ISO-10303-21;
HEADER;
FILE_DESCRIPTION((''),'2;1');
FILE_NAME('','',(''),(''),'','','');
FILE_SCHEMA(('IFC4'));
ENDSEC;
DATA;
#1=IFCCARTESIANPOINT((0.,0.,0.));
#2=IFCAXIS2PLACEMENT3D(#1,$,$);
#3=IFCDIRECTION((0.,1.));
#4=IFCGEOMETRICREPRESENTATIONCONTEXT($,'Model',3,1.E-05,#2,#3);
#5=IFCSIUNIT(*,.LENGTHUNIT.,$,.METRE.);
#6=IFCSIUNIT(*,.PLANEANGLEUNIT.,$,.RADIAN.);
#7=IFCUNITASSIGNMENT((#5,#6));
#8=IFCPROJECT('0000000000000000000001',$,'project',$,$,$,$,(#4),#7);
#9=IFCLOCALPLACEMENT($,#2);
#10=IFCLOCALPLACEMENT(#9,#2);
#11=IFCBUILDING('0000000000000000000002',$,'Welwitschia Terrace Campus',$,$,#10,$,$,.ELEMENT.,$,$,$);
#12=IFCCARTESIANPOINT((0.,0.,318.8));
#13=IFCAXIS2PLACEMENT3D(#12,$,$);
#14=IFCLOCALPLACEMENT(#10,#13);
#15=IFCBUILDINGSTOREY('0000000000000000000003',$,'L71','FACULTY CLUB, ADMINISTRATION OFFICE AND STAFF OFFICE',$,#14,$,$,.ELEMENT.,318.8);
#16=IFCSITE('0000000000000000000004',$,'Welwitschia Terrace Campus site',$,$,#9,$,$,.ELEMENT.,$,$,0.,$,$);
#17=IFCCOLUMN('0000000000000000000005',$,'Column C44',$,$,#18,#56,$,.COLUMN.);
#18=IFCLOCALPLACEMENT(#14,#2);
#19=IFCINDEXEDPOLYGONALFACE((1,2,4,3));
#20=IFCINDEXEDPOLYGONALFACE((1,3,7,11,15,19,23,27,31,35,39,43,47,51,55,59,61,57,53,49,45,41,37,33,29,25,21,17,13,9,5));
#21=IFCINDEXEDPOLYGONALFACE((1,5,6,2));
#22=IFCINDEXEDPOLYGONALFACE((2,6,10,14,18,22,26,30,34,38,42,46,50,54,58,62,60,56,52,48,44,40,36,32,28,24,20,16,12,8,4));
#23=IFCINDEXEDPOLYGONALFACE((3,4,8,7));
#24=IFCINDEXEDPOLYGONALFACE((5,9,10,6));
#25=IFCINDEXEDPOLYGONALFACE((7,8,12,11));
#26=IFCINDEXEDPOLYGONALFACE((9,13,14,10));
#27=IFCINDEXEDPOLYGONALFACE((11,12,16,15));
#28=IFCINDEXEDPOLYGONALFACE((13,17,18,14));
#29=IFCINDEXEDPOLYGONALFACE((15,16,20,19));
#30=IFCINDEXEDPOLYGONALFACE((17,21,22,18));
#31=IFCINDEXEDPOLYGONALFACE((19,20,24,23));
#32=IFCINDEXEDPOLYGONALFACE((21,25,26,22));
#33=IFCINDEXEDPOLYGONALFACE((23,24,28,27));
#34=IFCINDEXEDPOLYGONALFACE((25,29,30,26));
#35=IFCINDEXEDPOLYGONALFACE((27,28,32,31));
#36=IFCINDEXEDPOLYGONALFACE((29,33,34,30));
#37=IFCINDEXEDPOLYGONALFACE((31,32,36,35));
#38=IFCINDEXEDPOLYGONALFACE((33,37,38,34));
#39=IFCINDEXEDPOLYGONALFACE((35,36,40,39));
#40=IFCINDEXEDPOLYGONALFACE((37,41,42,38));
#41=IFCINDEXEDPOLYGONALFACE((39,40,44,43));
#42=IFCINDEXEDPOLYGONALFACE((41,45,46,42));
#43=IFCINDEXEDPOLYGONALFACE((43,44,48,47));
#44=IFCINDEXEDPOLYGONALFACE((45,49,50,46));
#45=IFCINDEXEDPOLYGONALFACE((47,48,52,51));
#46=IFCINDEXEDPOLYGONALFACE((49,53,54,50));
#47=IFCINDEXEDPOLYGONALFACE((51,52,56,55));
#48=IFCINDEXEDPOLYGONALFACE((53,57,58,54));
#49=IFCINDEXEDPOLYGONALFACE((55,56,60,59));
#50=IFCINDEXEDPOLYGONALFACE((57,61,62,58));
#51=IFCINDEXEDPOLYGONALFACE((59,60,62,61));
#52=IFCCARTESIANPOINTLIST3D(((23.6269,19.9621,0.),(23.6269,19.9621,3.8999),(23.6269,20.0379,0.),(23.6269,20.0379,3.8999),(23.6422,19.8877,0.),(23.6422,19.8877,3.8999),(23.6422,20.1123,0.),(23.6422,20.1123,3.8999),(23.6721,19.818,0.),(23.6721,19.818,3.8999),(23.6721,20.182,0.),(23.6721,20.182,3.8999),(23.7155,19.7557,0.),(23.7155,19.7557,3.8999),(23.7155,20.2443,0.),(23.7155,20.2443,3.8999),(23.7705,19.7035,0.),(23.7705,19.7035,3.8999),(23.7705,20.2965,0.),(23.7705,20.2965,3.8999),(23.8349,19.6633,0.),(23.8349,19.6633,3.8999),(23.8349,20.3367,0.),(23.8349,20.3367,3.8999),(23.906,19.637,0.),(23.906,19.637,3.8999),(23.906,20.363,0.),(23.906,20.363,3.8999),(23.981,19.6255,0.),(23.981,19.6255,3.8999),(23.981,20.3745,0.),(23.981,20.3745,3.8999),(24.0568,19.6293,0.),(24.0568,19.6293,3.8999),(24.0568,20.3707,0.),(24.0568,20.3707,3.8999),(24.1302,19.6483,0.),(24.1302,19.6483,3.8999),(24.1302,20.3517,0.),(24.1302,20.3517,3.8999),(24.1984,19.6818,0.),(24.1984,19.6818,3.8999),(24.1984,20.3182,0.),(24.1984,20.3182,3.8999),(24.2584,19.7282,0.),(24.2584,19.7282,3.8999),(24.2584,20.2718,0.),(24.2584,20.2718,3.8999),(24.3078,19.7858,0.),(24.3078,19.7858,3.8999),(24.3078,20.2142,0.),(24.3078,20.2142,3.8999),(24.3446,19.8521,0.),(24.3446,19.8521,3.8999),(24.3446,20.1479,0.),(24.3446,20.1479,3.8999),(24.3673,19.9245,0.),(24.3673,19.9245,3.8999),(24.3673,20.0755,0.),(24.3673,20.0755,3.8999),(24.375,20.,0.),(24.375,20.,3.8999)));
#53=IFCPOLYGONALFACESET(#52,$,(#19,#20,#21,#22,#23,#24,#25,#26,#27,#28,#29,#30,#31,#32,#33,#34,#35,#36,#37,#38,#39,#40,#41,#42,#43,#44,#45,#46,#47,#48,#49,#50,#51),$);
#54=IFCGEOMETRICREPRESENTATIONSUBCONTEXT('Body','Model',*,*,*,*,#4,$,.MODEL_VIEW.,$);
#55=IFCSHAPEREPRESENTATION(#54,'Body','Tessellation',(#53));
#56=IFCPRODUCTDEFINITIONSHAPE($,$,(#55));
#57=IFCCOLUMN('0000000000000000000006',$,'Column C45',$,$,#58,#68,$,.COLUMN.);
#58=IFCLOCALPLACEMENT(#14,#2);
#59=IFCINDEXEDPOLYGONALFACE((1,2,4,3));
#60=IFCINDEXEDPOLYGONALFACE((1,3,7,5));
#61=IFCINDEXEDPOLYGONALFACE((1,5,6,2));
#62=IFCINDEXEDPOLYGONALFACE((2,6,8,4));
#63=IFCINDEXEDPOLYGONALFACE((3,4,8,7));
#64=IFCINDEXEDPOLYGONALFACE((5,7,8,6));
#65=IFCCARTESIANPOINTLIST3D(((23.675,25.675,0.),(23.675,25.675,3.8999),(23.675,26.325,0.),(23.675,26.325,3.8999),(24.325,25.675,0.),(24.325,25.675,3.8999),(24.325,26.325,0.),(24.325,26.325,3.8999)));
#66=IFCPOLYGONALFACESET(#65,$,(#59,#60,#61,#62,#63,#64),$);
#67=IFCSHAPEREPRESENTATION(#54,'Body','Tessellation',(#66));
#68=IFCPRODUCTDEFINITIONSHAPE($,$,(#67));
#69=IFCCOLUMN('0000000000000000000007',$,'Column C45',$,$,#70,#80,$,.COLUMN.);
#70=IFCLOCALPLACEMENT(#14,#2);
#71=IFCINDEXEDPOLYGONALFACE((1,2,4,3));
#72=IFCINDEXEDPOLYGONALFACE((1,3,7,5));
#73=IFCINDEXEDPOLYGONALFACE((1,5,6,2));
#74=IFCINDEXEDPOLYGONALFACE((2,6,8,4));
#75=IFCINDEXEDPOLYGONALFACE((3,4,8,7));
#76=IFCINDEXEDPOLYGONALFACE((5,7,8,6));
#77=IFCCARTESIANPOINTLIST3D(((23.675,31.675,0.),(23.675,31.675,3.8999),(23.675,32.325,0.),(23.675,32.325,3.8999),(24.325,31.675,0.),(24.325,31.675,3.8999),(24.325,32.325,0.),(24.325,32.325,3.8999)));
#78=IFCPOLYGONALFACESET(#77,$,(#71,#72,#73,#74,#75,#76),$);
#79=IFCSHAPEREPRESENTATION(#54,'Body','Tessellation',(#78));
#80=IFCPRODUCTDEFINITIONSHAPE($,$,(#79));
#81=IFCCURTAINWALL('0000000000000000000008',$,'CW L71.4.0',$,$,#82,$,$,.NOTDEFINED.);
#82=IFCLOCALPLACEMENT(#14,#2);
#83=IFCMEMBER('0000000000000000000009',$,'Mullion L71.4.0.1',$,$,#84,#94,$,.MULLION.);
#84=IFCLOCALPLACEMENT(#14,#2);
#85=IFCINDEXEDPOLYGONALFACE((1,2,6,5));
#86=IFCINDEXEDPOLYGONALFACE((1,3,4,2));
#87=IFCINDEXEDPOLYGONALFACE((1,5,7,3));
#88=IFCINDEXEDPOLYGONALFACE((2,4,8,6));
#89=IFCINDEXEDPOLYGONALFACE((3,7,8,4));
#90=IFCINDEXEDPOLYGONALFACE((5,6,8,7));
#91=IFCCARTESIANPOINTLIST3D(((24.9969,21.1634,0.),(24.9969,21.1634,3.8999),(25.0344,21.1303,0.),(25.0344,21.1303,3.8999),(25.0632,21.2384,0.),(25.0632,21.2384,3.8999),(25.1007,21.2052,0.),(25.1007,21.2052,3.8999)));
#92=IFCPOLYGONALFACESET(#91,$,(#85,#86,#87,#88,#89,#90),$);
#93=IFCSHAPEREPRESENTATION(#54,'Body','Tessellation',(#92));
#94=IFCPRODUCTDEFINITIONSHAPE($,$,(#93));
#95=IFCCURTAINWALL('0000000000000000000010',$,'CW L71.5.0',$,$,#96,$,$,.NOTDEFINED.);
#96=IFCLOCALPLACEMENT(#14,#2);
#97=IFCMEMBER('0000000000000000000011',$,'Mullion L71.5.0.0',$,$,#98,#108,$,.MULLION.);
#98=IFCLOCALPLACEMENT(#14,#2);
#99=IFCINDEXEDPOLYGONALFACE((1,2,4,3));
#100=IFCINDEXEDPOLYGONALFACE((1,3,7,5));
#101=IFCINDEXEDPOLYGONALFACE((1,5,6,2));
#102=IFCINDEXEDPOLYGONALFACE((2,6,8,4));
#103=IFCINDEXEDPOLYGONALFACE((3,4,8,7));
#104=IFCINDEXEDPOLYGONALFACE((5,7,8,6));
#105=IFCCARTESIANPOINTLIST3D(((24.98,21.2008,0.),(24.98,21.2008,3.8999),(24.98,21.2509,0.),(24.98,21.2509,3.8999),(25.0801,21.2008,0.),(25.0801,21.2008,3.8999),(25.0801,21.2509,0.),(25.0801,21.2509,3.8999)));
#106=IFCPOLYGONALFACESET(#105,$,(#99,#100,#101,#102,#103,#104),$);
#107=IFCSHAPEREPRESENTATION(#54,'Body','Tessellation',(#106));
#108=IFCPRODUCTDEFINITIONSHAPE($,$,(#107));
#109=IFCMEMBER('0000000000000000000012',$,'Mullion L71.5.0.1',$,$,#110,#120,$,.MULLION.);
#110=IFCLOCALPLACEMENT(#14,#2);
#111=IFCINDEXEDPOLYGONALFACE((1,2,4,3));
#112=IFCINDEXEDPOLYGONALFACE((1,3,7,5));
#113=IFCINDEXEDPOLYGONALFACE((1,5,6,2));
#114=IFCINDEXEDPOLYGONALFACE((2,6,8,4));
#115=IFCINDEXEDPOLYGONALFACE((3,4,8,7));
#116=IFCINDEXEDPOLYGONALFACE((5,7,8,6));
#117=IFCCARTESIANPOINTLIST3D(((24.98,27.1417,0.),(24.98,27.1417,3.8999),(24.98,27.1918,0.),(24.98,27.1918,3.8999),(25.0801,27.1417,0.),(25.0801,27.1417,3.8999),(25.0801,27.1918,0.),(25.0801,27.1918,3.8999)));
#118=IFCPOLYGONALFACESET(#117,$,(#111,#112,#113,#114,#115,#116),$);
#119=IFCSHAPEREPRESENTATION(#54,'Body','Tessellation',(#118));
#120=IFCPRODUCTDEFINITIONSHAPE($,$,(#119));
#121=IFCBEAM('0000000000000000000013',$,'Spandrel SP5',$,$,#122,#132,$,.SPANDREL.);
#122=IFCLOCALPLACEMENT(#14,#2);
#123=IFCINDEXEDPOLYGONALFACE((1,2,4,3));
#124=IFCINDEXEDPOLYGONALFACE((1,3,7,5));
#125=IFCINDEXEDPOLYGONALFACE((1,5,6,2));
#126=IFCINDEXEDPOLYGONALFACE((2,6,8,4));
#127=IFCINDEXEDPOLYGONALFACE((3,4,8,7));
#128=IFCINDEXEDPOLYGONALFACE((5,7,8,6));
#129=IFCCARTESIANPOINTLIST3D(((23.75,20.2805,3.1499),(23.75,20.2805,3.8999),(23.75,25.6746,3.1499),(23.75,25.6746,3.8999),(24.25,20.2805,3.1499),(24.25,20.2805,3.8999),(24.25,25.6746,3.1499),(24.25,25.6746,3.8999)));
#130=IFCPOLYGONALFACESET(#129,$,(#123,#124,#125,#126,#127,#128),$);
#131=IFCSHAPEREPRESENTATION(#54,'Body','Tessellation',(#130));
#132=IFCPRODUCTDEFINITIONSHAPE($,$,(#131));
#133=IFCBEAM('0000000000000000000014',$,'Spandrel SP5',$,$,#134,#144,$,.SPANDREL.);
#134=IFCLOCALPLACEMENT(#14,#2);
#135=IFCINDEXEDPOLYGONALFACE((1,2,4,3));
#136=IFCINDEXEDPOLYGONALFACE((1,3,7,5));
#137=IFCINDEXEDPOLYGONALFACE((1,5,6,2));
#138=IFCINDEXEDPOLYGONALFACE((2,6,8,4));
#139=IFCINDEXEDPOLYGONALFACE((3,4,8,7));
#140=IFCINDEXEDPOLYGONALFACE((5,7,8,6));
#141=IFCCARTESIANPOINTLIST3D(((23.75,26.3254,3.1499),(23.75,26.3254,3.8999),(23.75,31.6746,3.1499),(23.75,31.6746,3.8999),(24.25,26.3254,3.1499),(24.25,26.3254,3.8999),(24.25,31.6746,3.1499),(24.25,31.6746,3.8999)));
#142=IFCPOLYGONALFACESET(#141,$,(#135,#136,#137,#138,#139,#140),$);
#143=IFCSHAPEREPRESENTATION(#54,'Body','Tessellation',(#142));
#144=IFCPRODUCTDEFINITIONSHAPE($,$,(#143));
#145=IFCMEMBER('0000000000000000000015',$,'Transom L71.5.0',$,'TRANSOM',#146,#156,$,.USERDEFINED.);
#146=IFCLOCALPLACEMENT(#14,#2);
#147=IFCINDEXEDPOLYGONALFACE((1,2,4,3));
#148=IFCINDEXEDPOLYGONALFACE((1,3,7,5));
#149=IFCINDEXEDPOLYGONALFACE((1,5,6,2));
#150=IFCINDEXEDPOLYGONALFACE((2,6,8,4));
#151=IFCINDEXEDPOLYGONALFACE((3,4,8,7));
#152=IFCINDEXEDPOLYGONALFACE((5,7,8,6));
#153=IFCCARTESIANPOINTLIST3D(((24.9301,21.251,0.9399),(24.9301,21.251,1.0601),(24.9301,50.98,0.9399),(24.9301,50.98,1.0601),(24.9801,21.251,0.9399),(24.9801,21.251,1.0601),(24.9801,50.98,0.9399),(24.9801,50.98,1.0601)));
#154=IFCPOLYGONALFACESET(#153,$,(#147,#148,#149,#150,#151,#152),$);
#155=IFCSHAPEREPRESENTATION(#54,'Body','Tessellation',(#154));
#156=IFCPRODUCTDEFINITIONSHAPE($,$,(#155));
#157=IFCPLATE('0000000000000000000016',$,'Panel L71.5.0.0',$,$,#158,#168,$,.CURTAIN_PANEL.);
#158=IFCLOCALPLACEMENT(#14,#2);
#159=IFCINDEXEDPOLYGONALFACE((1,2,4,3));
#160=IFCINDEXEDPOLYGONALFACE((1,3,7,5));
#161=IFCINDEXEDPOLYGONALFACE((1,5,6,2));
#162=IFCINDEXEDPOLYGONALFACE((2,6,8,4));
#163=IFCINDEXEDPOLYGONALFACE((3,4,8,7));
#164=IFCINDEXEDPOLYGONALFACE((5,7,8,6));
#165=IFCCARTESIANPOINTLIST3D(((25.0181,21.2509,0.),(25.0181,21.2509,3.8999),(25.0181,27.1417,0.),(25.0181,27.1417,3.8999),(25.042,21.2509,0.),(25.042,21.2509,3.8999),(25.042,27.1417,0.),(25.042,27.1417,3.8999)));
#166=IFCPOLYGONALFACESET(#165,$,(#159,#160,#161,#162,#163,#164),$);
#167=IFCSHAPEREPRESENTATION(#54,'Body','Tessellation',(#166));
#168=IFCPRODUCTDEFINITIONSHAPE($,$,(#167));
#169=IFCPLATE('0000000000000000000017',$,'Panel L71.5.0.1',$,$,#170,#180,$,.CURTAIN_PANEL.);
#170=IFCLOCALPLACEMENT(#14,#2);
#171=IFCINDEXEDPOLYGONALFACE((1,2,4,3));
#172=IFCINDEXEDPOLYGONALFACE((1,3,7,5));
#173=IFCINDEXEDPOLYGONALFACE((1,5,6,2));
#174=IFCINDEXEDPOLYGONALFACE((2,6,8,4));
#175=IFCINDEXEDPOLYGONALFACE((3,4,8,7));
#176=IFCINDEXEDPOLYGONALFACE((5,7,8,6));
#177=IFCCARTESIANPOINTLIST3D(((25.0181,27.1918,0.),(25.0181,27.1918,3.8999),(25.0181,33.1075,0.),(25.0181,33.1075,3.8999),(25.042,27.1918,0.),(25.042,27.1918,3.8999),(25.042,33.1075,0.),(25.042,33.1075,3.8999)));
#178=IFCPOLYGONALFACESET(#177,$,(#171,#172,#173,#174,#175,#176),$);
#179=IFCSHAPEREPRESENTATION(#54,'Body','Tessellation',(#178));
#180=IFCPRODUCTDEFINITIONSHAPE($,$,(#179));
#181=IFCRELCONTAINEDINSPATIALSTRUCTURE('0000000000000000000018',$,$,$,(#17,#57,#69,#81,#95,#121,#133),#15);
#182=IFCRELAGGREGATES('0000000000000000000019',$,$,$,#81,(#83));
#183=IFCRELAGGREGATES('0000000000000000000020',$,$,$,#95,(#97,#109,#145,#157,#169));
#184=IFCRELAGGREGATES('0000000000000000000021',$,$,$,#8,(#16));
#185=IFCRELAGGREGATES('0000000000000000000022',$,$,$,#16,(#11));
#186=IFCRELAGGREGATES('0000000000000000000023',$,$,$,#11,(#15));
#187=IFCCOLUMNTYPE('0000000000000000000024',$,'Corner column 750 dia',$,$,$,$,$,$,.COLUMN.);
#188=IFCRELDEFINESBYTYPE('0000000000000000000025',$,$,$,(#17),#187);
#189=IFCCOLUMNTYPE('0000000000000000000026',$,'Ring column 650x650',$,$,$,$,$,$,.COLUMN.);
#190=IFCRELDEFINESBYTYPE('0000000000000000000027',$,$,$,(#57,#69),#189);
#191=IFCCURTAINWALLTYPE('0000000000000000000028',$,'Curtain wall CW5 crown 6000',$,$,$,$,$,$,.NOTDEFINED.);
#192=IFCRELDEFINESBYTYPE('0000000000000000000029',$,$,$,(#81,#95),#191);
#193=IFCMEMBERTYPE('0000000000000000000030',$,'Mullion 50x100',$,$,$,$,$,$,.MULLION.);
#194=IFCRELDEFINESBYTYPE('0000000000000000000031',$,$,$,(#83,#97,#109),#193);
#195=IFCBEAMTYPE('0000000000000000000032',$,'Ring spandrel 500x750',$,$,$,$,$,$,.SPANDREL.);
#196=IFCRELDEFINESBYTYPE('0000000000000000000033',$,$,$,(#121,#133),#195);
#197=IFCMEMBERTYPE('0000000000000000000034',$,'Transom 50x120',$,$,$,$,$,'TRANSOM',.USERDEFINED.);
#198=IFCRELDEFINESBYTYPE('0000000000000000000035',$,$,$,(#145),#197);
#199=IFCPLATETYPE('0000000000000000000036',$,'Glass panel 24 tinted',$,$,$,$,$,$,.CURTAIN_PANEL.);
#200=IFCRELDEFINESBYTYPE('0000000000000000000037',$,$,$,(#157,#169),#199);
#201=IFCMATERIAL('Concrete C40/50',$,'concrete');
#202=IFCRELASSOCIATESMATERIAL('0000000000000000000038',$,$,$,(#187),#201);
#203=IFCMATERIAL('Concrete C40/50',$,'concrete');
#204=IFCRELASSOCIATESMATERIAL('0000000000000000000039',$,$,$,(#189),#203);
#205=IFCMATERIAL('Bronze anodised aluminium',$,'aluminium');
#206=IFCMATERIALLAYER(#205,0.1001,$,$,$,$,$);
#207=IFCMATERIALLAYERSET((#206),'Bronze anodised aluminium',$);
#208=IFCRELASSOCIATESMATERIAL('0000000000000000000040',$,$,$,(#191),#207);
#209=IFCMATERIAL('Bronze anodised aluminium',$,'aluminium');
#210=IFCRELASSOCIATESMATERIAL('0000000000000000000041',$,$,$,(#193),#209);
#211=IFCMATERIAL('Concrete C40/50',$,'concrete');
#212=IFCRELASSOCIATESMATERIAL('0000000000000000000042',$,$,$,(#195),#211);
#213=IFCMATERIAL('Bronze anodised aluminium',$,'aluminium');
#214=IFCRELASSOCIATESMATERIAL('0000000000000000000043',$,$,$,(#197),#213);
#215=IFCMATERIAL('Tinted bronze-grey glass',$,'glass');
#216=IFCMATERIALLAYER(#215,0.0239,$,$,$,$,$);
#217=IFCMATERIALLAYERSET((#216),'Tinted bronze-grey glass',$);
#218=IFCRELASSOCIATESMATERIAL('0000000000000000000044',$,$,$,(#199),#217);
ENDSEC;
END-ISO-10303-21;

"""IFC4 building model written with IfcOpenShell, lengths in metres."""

from ifc_helpers import new_model, si_unit, direction, frame, origin, origin_2d, place, context, subcontext, project, spatial, rectangle, circle, extrude, material, layer, layer_set, material_profile, profile_set, type_object, element, aggregate, save


model = new_model("IFC4")

# Units and contexts
model_context = context("Model", 3, precision=1e-05, world=origin(), true_north=direction((0.0, 1.0)))
body_context = subcontext(model_context, "Body", "Model", "MODEL_VIEW")
ifc_project = project(units=[si_unit("LENGTHUNIT", "METRE"), si_unit("PLANEANGLEUNIT", "RADIAN")], contexts=[model_context])

# Site, building, storey
site_placement = place(None, origin())
site = spatial("IfcSite", under=ifc_project, at=site_placement, Name="Welwitschia Terrace Campus site", CompositionType="ELEMENT", RefElevation=0.0)
building_placement = place(site_placement, origin())
building = spatial("IfcBuilding", under=site, at=building_placement, Name="Welwitschia Terrace Campus", CompositionType="ELEMENT")
storey_placement = place(building_placement, frame((0.0, 0.0, 318.8)))
storey = spatial("IfcBuildingStorey", under=building, at=storey_placement, Name="L71", Description="FACULTY CLUB, ADMINISTRATION OFFICE AND STAFF OFFICE", CompositionType="ELEMENT", Elevation=318.8)

# Columns
ifc_material_1 = material(Name="Concrete C40/50", Category="concrete")
ifc_material_profile_1 = material_profile(ifc_material_1, circle(Radius=0.375, at=origin_2d()))
ifc_profile_set_1 = profile_set([ifc_material_profile_1], Name="Concrete C40/50")
column_type_1 = type_object("IfcColumnType", Name="Corner column 750 dia", PredefinedType="COLUMN", material=ifc_profile_set_1)
column_placement = place(storey_placement, frame((24.0, 20.0, 0.0), z_axis=(0.0, 0.0, 1.0), x_axis=(1.0, 0.0, 0.0)))
element("IfcColumn", 1, at=column_placement, inside=storey, type_object=column_type_1, Name="Column C44", PredefinedType="COLUMN", context=body_context, shape_type="SweptSolid", body=[
    extrude(circle(Radius=0.375, at=origin_2d()), origin(), (0.0, 0.0, 1.0), 3.8999),
])
ifc_material_2 = material(Name="Concrete C40/50", Category="concrete")
ifc_material_profile_2 = material_profile(ifc_material_2, rectangle(XDim=0.6499, YDim=0.6499, at=origin_2d()))
ifc_profile_set_2 = profile_set([ifc_material_profile_2], Name="Concrete C40/50")
column_type_2 = type_object("IfcColumnType", Name="Ring column 650x650", PredefinedType="COLUMN", material=ifc_profile_set_2)
for number, where, z_axis, x_axis, name in (
    (2, (24.0, 26.0, 0.0), (0.0, 0.0, 1.0), (1.0, 0.0, 0.0), "Column C45"),
    (3, (24.0, 32.0, 0.0), (0.0, 0.0, 1.0), (1.0, 0.0, 0.0), "Column C45"),
):
    element("IfcColumn", number, at=place(storey_placement, frame(where, z_axis=z_axis, x_axis=x_axis)), inside=storey, type_object=column_type_2, Name=name, PredefinedType="COLUMN", context=body_context, shape_type="SweptSolid", body=[
        extrude(rectangle(XDim=0.6499, YDim=0.6499, at=origin_2d()), origin(), (0.0, 0.0, 1.0), 3.8999),
    ])

# Curtain wall, member
ifc_material_3 = material(Name="Bronze anodised aluminium", Category="aluminium")
ifc_layer_1 = layer(ifc_material_3, 0.1001)
ifc_layer_set_1 = layer_set([ifc_layer_1], Name="Bronze anodised aluminium")
curtain_wall_type = type_object("IfcCurtainWallType", Name="Curtain wall CW5 crown 6000", PredefinedType="NOTDEFINED", material=ifc_layer_set_1)
curtain_wall_1_placement = place(storey_placement, origin())
curtain_wall_1 = element("IfcCurtainWall", 4, at=curtain_wall_1_placement, inside=storey, type_object=curtain_wall_type, Name="CW L71.4.0", PredefinedType="NOTDEFINED")
ifc_material_4 = material(Name="Bronze anodised aluminium", Category="aluminium")
ifc_material_profile_3 = material_profile(ifc_material_4, rectangle(XDim=0.1001, YDim=0.05, at=origin_2d()))
ifc_profile_set_3 = profile_set([ifc_material_profile_3], Name="Bronze anodised aluminium")
member_type_1 = type_object("IfcMemberType", Name="Mullion 50x100", PredefinedType="MULLION", material=ifc_profile_set_3)
member_1_placement = place(storey_placement, frame((25.0488, 21.1843, 0.0), z_axis=(0.0, 0.0, 1.0), x_axis=(-0.66262, -0.748956, 0.0)))
member_1 = element("IfcMember", 5, at=member_1_placement, type_object=member_type_1, Name="Mullion L71.4.0.1", PredefinedType="MULLION", context=body_context, shape_type="SweptSolid", body=[
    extrude(rectangle(XDim=0.1001, YDim=0.05, at=origin_2d()), origin(), (0.0, 0.0, 1.0), 3.8999),
])
aggregate(curtain_wall_1, [member_1])

# Curtain wall, members
curtain_wall_2_placement = place(storey_placement, origin())
curtain_wall_2 = element("IfcCurtainWall", 6, at=curtain_wall_2_placement, inside=storey, type_object=curtain_wall_type, Name="CW L71.5.0", PredefinedType="NOTDEFINED")
member_2_placement = place(storey_placement, frame((25.03, 21.2258, 0.0), z_axis=(0.0, 0.0, 1.0), x_axis=(-1.0, 0.0, 0.0)))
member_2 = element("IfcMember", 7, at=member_2_placement, type_object=member_type_1, Name="Mullion L71.5.0.0", PredefinedType="MULLION", context=body_context, shape_type="SweptSolid", body=[
    extrude(rectangle(XDim=0.1001, YDim=0.05, at=origin_2d()), origin(), (0.0, 0.0, 1.0), 3.8999),
])
member_3_placement = place(storey_placement, frame((25.03, 27.1667, 0.0), z_axis=(0.0, 0.0, 1.0), x_axis=(-1.0, 0.0, 0.0)))
member_3 = element("IfcMember", 8, at=member_3_placement, type_object=member_type_1, Name="Mullion L71.5.0.1", PredefinedType="MULLION", context=body_context, shape_type="SweptSolid", body=[
    extrude(rectangle(XDim=0.1001, YDim=0.05, at=origin_2d()), origin(), (0.0, 0.0, 1.0), 3.8999),
])

# Beams
ifc_material_5 = material(Name="Concrete C40/50", Category="concrete")
ifc_material_profile_4 = material_profile(ifc_material_5, rectangle(XDim=0.5, YDim=0.75, at=origin_2d()))
ifc_profile_set_4 = profile_set([ifc_material_profile_4], Name="Concrete C40/50")
beam_type = type_object("IfcBeamType", Name="Ring spandrel 500x750", PredefinedType="SPANDREL", material=ifc_profile_set_4)
beam_1_placement = place(storey_placement, frame((24.0, 20.2805, 3.5249), z_axis=(0.0, 1.0, 0.0), x_axis=(-1.0, 0.0, 0.0)))
element("IfcBeam", 9, at=beam_1_placement, inside=storey, type_object=beam_type, Name="Spandrel SP5", PredefinedType="SPANDREL", context=body_context, shape_type="SweptSolid", body=[
    extrude(rectangle(XDim=0.5, YDim=0.75, at=origin_2d()), origin(), (0.0, 0.0, 1.0), 5.394),
])
beam_2_placement = place(storey_placement, frame((24.0, 26.3254, 3.5249), z_axis=(0.0, 1.0, 0.0), x_axis=(-1.0, 0.0, 0.0)))
element("IfcBeam", 10, at=beam_2_placement, inside=storey, type_object=beam_type, Name="Spandrel SP5", PredefinedType="SPANDREL", context=body_context, shape_type="SweptSolid", body=[
    extrude(rectangle(XDim=0.5, YDim=0.75, at=origin_2d()), origin(), (0.0, 0.0, 1.0), 5.3491),
])

# Member
ifc_material_6 = material(Name="Bronze anodised aluminium", Category="aluminium")
ifc_material_profile_5 = material_profile(ifc_material_6, rectangle(XDim=0.05, YDim=0.1201, at=origin_2d()))
ifc_profile_set_5 = profile_set([ifc_material_profile_5], Name="Bronze anodised aluminium")
member_type_2 = type_object("IfcMemberType", Name="Transom 50x120", ElementType="TRANSOM", PredefinedType="USERDEFINED", material=ifc_profile_set_5)
member_4_placement = place(storey_placement, frame((24.9551, 21.251, 1.0), z_axis=(0.0, 1.0, 0.0), x_axis=(-1.0, 0.0, 0.0)))
member_4 = element("IfcMember", 11, at=member_4_placement, type_object=member_type_2, Name="Transom L71.5.0", ObjectType="TRANSOM", PredefinedType="USERDEFINED", context=body_context, shape_type="SweptSolid", body=[
    extrude(rectangle(XDim=0.05, YDim=0.1201, at=origin_2d()), origin(), (0.0, 0.0, 1.0), 29.729),
])

# Plates
ifc_material_7 = material(Name="Tinted bronze-grey glass", Category="glass")
ifc_layer_2 = layer(ifc_material_7, 0.0239)
ifc_layer_set_2 = layer_set([ifc_layer_2], Name="Tinted bronze-grey glass")
plate_type = type_object("IfcPlateType", Name="Glass panel 24 tinted", PredefinedType="CURTAIN_PANEL", material=ifc_layer_set_2)
plate_1_placement = place(storey_placement, frame((25.03, 24.1963, 0.0), z_axis=(0.0, 0.0, 1.0), x_axis=(0.0, 1.0, 0.0)))
plate_1 = element("IfcPlate", 12, at=plate_1_placement, type_object=plate_type, Name="Panel L71.5.0.0", PredefinedType="CURTAIN_PANEL", context=body_context, shape_type="SweptSolid", body=[
    extrude(rectangle(XDim=5.8909, YDim=0.0239, at=origin_2d()), origin(), (0.0, 0.0, 1.0), 3.8999),
])
plate_2_placement = place(storey_placement, frame((25.03, 30.1497, 0.0), z_axis=(0.0, 0.0, 1.0), x_axis=(0.0, 1.0, 0.0)))
plate_2 = element("IfcPlate", 13, at=plate_2_placement, type_object=plate_type, Name="Panel L71.5.0.1", PredefinedType="CURTAIN_PANEL", context=body_context, shape_type="SweptSolid", body=[
    extrude(rectangle(XDim=5.9158, YDim=0.0239, at=origin_2d()), origin(), (0.0, 0.0, 1.0), 3.8999),
])
aggregate(curtain_wall_2, [member_2, member_3, member_4, plate_1, plate_2])

save(model, "model.ifc")
